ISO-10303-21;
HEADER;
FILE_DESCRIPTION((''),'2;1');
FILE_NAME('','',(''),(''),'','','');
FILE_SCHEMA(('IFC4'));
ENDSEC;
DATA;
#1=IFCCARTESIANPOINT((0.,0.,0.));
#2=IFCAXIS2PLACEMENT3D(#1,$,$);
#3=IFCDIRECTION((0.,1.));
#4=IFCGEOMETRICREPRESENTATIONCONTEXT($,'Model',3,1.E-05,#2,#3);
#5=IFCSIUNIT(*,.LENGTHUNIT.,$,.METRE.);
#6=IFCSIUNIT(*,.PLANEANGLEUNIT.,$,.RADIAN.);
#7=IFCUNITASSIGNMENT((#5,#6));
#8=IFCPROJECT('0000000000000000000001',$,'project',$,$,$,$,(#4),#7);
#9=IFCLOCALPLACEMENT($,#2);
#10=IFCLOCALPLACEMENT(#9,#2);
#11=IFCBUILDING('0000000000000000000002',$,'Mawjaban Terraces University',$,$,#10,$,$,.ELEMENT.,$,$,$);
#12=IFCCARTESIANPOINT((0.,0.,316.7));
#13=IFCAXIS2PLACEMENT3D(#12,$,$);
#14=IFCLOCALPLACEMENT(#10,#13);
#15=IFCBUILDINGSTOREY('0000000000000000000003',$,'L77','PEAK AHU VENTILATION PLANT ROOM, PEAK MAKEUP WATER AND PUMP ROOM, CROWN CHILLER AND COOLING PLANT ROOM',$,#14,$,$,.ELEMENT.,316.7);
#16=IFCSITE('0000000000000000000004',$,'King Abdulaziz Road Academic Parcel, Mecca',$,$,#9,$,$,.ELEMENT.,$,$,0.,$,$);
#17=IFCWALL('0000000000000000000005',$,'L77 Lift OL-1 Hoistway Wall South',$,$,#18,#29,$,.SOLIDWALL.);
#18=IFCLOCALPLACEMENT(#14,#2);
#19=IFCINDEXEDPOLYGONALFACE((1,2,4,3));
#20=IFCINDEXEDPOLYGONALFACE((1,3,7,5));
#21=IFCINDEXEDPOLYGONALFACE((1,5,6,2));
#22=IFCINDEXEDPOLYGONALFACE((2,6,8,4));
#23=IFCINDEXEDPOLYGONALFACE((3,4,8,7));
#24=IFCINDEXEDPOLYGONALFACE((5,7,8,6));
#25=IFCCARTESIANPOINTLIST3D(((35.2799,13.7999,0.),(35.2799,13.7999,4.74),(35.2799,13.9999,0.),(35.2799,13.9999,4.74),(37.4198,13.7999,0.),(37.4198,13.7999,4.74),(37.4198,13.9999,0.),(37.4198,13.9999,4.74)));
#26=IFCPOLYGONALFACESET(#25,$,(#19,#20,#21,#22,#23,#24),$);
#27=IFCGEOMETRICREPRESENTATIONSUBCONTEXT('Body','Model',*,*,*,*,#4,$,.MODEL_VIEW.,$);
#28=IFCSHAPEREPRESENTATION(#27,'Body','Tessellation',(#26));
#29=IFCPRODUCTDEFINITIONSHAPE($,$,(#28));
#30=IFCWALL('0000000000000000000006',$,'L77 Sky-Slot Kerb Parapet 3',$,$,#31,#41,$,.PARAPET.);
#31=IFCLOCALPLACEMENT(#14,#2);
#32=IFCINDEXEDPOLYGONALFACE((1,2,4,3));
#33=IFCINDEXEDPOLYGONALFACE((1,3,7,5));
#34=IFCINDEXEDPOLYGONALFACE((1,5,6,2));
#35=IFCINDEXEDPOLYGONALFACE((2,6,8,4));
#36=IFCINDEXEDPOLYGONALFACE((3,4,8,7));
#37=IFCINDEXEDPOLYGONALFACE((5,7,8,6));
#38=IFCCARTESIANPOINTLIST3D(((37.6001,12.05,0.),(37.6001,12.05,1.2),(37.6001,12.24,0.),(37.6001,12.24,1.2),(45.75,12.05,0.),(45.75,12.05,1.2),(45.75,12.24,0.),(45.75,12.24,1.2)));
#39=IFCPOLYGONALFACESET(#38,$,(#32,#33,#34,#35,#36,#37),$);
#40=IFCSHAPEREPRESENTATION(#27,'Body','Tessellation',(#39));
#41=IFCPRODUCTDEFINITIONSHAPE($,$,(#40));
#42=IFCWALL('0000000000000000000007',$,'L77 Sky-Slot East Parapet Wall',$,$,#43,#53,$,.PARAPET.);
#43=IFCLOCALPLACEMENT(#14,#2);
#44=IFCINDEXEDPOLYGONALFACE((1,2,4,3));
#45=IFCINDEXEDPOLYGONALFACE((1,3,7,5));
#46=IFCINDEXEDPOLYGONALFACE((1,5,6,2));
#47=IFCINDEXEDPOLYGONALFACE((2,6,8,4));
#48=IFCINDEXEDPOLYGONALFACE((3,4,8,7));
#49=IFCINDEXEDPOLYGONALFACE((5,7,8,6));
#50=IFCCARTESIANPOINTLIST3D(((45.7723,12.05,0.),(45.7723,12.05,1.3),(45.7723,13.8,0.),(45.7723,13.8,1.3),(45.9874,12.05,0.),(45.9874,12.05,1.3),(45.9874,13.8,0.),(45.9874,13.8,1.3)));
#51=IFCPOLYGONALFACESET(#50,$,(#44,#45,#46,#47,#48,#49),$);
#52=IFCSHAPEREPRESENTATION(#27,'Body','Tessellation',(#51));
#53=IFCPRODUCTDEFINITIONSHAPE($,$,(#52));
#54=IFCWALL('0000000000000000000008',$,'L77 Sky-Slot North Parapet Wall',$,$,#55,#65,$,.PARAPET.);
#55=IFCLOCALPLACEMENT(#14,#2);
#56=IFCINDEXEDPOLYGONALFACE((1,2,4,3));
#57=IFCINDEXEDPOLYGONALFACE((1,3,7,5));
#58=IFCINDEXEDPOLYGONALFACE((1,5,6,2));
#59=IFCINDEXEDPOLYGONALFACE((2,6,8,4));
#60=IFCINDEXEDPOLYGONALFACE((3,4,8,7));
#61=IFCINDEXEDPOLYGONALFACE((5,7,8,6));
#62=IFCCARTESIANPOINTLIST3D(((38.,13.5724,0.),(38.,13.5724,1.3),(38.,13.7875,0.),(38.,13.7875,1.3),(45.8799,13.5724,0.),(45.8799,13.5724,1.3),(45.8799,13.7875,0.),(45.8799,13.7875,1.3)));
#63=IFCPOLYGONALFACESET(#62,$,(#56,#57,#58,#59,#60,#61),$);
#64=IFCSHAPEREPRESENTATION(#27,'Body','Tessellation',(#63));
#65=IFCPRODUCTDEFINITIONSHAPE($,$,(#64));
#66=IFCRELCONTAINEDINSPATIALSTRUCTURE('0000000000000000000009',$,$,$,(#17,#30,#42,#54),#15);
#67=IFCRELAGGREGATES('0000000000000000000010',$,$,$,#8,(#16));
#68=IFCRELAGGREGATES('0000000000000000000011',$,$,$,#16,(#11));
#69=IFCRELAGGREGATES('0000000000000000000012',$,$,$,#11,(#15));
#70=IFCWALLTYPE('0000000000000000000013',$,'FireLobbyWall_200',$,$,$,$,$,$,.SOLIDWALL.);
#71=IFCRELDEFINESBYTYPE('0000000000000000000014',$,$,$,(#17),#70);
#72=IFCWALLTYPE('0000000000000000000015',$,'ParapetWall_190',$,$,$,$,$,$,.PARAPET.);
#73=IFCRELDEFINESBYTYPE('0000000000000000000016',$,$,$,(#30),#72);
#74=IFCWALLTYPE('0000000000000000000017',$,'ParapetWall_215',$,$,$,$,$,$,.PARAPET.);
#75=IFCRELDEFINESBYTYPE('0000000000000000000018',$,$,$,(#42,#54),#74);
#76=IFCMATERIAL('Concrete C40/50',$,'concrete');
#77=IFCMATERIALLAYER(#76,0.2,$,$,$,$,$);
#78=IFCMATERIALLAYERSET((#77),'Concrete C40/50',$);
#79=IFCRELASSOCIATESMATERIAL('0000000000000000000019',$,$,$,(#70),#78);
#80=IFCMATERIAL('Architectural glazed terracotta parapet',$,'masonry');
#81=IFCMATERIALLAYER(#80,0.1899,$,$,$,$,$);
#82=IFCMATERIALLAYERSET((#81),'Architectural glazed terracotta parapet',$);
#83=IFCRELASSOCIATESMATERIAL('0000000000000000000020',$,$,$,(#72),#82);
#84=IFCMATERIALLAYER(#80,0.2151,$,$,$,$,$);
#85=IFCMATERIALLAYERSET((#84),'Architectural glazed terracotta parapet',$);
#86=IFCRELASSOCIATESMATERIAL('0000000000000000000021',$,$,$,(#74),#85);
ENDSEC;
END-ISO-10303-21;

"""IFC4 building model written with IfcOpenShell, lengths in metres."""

from ifc_helpers import new_model, si_unit, direction, frame, frame_2d, origin, place, context, subcontext, project, spatial, rectangle, extrude, material, layer, layer_set, type_object, element, save


model = new_model("IFC4")

# Units and contexts
model_context = context("Model", 3, precision=1e-05, world=origin(), true_north=direction((0.0, 1.0)))
body_context = subcontext(model_context, "Body", "Model", "MODEL_VIEW")
ifc_project = project(units=[si_unit("LENGTHUNIT", "METRE"), si_unit("PLANEANGLEUNIT", "RADIAN")], contexts=[model_context])

# Site, building, storey
site_placement = place(None, origin())
site = spatial("IfcSite", under=ifc_project, at=site_placement, Name="King Abdulaziz Road Academic Parcel, Mecca", CompositionType="ELEMENT", RefElevation=0.0)
building_placement = place(site_placement, origin())
building = spatial("IfcBuilding", under=site, at=building_placement, Name="Mawjaban Terraces University", CompositionType="ELEMENT")
storey_placement = place(building_placement, frame((0.0, 0.0, 316.7)))
storey = spatial("IfcBuildingStorey", under=building, at=storey_placement, Name="L77", Description="PEAK AHU VENTILATION PLANT ROOM, PEAK MAKEUP WATER AND PUMP ROOM, CROWN CHILLER AND COOLING PLANT ROOM", CompositionType="ELEMENT", Elevation=316.7)

# Walls
ifc_material_1 = material(Name="Concrete C40/50", Category="concrete")
ifc_layer_1 = layer(ifc_material_1, 0.2)
ifc_layer_set_1 = layer_set([ifc_layer_1], Name="Concrete C40/50")
wall_type_1 = type_object("IfcWallType", Name="FireLobbyWall_200", PredefinedType="SOLIDWALL", material=ifc_layer_set_1)
wall_1_placement = place(storey_placement, frame((35.28, 13.8999, 0.0), z_axis=(0.0, 0.0, 1.0), x_axis=(1.0, 0.0, 0.0)))
element("IfcWall", 1, at=wall_1_placement, inside=storey, type_object=wall_type_1, Name="L77 Lift OL-1 Hoistway Wall South", PredefinedType="SOLIDWALL", context=body_context, shape_type="SweptSolid", body=[
    extrude(rectangle(XDim=2.1399, YDim=0.2, at=frame_2d((1.0698, 0.0))), origin(), (0.0, 0.0, 1.0), 4.74),
])
ifc_material_2 = material(Name="Architectural glazed terracotta parapet", Category="masonry")
ifc_layer_2 = layer(ifc_material_2, 0.1899)
ifc_layer_set_2 = layer_set([ifc_layer_2], Name="Architectural glazed terracotta parapet")
wall_type_2 = type_object("IfcWallType", Name="ParapetWall_190", PredefinedType="PARAPET", material=ifc_layer_set_2)
wall_2_placement = place(storey_placement, frame((37.6001, 12.145, 0.0), z_axis=(0.0, 0.0, 1.0), x_axis=(1.0, 0.0, 0.0)))
element("IfcWall", 2, at=wall_2_placement, inside=storey, type_object=wall_type_2, Name="L77 Sky-Slot Kerb Parapet 3", PredefinedType="PARAPET", context=body_context, shape_type="SweptSolid", body=[
    extrude(rectangle(XDim=8.1499, YDim=0.1899, at=frame_2d((4.075, 0.0))), origin(), (0.0, 0.0, 1.0), 1.2),
])
ifc_layer_3 = layer(ifc_material_2, 0.2151)
ifc_layer_set_3 = layer_set([ifc_layer_3], Name="Architectural glazed terracotta parapet")
wall_type_3 = type_object("IfcWallType", Name="ParapetWall_215", PredefinedType="PARAPET", material=ifc_layer_set_3)
wall_3_placement = place(storey_placement, frame((45.8799, 12.05, 0.0), z_axis=(0.0, 0.0, 1.0), x_axis=(0.0, 1.0, 0.0)))
element("IfcWall", 3, at=wall_3_placement, inside=storey, type_object=wall_type_3, Name="L77 Sky-Slot East Parapet Wall", PredefinedType="PARAPET", context=body_context, shape_type="SweptSolid", body=[
    extrude(rectangle(XDim=1.75, YDim=0.2151, at=frame_2d((0.875, 0.0))), origin(), (0.0, 0.0, 1.0), 1.3),
])
wall_4_placement = place(storey_placement, frame((38.0, 13.6799, 0.0), z_axis=(0.0, 0.0, 1.0), x_axis=(1.0, 0.0, 0.0)))
element("IfcWall", 4, at=wall_4_placement, inside=storey, type_object=wall_type_3, Name="L77 Sky-Slot North Parapet Wall", PredefinedType="PARAPET", context=body_context, shape_type="SweptSolid", body=[
    extrude(rectangle(XDim=7.8799, YDim=0.2151, at=frame_2d((3.9399, 0.0))), origin(), (0.0, 0.0, 1.0), 1.3),
])

save(model, "model.ifc")
